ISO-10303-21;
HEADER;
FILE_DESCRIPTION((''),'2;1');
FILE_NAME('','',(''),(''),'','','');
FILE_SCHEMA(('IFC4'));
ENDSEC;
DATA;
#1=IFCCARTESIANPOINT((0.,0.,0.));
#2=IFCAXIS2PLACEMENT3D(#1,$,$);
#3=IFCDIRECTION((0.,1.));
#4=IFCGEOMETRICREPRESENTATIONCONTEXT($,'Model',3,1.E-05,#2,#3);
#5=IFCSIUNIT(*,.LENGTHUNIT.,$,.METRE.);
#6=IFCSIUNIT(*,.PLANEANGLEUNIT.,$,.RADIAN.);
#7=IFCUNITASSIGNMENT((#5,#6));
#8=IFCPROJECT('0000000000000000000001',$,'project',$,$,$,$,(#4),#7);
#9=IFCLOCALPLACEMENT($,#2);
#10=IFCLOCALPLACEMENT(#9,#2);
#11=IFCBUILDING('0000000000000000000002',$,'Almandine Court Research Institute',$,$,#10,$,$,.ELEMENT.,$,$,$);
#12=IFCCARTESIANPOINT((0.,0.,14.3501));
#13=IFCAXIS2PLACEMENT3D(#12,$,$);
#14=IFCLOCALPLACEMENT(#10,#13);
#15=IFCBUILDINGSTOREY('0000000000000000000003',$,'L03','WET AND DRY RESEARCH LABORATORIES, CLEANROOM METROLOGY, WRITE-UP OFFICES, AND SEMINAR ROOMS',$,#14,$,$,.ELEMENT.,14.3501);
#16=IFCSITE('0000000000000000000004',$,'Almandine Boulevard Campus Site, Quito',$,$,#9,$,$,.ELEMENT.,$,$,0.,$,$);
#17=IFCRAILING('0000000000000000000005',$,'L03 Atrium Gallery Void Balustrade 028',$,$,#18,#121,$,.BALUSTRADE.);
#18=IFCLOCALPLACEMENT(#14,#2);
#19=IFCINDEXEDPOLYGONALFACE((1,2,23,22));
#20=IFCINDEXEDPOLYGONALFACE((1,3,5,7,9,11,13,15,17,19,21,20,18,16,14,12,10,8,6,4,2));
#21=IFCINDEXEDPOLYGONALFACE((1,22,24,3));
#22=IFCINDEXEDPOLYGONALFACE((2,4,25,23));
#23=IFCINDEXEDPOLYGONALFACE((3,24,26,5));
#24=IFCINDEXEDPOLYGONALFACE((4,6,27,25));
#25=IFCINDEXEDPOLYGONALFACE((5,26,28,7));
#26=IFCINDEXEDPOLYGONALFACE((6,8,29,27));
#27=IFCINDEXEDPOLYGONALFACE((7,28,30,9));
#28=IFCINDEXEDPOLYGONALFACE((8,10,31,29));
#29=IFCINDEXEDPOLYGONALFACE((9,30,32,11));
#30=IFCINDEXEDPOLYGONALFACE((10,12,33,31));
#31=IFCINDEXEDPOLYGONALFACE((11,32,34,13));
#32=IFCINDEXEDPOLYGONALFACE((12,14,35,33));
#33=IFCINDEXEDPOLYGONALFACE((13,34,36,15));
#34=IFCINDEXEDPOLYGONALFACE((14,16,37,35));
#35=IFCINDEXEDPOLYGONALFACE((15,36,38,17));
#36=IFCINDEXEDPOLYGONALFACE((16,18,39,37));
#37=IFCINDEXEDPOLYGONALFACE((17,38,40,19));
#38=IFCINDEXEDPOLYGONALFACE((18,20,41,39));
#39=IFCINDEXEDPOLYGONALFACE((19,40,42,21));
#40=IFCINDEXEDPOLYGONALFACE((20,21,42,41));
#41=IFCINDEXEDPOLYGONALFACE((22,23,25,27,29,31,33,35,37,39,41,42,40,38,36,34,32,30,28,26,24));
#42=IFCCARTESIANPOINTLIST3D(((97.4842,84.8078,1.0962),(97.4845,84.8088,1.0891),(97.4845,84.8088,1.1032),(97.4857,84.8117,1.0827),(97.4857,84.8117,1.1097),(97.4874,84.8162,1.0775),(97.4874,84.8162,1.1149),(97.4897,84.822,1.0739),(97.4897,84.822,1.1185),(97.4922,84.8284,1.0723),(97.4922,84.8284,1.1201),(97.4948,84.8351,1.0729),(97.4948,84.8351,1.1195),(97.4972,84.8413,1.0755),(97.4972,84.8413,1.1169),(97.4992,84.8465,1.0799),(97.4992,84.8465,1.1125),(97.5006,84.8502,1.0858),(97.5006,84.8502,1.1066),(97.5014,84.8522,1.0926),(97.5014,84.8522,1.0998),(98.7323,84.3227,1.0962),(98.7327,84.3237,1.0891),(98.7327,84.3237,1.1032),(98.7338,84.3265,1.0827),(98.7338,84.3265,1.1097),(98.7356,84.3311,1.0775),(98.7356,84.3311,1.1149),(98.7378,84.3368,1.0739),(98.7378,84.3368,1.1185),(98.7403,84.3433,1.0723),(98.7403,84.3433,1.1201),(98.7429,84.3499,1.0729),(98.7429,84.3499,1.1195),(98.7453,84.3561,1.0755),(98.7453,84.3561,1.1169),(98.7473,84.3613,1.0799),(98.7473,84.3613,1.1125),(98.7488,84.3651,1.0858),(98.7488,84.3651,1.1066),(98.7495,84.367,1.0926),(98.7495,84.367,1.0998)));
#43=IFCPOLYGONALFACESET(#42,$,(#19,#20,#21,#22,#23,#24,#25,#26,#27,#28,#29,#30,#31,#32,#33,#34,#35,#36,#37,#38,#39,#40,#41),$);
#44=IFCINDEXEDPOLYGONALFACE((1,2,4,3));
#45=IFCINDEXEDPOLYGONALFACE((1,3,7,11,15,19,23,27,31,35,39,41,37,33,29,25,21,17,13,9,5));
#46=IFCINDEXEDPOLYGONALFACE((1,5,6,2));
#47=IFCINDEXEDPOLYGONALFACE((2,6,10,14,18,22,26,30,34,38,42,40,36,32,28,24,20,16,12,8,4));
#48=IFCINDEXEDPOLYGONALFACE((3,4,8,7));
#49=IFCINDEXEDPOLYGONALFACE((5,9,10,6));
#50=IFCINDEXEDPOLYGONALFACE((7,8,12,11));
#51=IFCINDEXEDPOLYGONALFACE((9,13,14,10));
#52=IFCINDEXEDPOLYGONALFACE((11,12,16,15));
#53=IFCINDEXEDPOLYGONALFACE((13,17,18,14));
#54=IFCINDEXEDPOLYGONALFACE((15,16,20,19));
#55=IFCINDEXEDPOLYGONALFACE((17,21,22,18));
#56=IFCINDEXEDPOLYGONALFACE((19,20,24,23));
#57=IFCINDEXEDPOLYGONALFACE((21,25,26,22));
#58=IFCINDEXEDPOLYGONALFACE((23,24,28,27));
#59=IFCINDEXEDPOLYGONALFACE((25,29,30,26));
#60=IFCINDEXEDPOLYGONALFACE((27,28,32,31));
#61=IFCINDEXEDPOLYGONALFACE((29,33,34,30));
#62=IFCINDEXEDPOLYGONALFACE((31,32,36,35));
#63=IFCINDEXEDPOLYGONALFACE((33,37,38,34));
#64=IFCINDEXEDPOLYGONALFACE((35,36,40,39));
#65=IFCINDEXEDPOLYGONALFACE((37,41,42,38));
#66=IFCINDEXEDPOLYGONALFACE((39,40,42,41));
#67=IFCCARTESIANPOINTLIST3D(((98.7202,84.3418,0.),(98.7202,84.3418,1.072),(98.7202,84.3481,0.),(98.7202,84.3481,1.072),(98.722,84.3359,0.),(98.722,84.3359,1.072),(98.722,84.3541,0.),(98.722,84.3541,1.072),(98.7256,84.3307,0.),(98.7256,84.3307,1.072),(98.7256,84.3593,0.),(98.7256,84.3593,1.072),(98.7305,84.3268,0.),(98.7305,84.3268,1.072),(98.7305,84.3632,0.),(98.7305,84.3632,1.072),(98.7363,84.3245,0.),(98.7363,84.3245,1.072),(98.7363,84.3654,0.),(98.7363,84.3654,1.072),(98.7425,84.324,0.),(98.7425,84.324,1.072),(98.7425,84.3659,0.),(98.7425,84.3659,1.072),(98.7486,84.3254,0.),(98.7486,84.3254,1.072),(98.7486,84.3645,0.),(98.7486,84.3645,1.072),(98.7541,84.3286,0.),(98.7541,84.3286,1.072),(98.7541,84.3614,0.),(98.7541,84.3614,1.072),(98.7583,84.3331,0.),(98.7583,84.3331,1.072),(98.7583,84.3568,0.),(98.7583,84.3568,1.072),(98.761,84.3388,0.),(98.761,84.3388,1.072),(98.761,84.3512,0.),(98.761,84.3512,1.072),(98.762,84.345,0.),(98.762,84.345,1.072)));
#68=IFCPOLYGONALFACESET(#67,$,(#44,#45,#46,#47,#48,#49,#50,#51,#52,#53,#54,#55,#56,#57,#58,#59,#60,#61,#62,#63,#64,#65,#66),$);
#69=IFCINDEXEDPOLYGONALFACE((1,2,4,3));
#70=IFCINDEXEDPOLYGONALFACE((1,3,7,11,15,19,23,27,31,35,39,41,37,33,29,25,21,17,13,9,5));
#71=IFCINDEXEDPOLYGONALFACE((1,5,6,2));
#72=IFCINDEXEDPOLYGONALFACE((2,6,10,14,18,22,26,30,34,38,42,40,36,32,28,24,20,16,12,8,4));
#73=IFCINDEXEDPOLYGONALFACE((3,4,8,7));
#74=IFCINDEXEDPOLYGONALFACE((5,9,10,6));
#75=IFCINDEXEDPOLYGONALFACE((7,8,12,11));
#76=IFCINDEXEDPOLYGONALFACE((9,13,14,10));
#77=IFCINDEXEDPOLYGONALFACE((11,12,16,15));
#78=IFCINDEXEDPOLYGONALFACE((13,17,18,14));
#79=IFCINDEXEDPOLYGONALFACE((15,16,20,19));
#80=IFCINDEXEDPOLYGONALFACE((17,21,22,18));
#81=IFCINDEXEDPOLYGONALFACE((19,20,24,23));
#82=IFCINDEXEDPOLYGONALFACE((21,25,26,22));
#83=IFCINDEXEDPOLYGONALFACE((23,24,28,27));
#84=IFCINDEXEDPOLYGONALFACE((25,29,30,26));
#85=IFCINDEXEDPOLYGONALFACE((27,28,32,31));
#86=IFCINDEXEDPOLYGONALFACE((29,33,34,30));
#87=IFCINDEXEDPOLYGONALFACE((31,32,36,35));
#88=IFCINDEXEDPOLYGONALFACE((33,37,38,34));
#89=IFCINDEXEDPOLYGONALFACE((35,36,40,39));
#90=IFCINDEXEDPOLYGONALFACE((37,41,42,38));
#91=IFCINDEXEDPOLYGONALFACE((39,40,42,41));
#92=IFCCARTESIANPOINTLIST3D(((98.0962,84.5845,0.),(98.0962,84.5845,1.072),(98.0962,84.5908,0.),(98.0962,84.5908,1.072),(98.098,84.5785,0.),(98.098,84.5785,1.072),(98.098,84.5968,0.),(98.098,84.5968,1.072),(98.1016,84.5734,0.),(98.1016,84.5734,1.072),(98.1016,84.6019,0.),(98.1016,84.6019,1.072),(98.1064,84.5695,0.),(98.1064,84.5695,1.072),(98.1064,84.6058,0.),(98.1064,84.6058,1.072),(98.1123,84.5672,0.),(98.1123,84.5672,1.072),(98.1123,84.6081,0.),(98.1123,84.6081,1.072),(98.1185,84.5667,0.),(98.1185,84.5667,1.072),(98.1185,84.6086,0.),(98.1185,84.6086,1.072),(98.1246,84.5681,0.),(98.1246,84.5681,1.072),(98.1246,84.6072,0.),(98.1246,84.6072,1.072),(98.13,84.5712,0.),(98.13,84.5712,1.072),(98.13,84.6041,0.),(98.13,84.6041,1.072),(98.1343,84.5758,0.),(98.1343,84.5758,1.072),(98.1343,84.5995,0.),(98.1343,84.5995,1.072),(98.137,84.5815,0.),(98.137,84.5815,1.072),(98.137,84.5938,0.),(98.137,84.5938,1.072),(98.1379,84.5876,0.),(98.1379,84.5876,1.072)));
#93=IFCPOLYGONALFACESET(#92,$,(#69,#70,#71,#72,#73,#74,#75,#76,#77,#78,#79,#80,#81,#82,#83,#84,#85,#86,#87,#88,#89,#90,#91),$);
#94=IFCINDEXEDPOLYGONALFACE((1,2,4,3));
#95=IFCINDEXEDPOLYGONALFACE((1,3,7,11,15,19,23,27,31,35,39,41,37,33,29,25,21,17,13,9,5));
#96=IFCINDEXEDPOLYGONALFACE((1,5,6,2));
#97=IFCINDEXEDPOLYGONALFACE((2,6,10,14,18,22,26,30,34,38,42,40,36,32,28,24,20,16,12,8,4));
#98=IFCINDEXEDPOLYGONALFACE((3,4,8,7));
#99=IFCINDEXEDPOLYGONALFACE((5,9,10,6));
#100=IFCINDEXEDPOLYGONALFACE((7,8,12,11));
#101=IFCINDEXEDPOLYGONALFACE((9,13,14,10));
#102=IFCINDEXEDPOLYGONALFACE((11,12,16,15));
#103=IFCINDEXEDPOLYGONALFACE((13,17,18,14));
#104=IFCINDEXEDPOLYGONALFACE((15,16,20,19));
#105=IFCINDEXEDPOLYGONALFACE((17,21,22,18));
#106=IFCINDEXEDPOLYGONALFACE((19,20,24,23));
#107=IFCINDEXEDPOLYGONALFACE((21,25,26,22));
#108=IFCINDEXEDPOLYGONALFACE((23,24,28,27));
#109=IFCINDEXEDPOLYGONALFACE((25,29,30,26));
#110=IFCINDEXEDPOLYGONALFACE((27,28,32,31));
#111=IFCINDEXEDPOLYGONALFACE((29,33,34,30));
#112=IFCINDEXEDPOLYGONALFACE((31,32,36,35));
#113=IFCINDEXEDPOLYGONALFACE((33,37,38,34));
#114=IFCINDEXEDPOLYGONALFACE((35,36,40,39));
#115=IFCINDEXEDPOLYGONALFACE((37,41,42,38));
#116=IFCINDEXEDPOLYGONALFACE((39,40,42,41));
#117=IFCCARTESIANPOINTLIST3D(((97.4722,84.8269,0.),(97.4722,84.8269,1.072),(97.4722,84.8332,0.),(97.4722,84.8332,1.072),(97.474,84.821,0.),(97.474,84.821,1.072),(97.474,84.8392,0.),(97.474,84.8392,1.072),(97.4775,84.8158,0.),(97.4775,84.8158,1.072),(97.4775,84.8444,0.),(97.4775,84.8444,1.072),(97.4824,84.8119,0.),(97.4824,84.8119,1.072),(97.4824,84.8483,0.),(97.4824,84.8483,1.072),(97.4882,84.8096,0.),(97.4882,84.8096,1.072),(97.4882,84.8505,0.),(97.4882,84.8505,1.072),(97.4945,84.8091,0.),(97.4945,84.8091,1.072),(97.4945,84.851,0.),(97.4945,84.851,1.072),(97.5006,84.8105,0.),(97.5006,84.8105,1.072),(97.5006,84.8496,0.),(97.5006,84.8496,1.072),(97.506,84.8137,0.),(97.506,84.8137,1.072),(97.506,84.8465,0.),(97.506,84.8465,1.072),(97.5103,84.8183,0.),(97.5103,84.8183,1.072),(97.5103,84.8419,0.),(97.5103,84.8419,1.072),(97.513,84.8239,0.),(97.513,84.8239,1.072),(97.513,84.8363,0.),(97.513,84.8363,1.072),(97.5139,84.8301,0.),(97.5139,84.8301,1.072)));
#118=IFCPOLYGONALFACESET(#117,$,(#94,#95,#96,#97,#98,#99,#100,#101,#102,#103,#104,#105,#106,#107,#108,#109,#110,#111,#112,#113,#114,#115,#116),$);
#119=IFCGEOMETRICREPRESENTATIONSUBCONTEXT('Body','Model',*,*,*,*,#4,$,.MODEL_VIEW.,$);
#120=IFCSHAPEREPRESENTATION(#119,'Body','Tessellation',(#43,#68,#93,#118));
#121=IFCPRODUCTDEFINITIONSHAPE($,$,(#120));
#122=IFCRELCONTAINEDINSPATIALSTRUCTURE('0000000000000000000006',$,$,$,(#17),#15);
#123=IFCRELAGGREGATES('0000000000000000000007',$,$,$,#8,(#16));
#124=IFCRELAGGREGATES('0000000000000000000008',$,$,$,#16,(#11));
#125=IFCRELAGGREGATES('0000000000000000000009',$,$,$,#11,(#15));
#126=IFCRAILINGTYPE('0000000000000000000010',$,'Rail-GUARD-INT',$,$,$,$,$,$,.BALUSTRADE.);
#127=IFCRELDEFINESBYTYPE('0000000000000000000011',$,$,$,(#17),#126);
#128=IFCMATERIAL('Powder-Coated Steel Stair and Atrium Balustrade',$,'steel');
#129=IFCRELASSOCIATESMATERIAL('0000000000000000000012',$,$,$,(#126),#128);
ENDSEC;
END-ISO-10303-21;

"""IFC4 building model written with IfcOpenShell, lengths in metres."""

from ifc_helpers import new_model, si_unit, direction, frame, origin, origin_2d, place, context, subcontext, project, spatial, circle, extrude, material, type_object, element, save


model = new_model("IFC4")

# Units and contexts
model_context = context("Model", 3, precision=1e-05, world=origin(), true_north=direction((0.0, 1.0)))
body_context = subcontext(model_context, "Body", "Model", "MODEL_VIEW")
ifc_project = project(units=[si_unit("LENGTHUNIT", "METRE"), si_unit("PLANEANGLEUNIT", "RADIAN")], contexts=[model_context])

# Site, building, storey
site_placement = place(None, origin())
site = spatial("IfcSite", under=ifc_project, at=site_placement, Name="Almandine Boulevard Campus Site, Quito", CompositionType="ELEMENT", RefElevation=0.0)
building_placement = place(site_placement, origin())
building = spatial("IfcBuilding", under=site, at=building_placement, Name="Almandine Court Research Institute", CompositionType="ELEMENT")
storey_placement = place(building_placement, frame((0.0, 0.0, 14.3501)))
storey = spatial("IfcBuildingStorey", under=building, at=storey_placement, Name="L03", Description="WET AND DRY RESEARCH LABORATORIES, CLEANROOM METROLOGY, WRITE-UP OFFICES, AND SEMINAR ROOMS", CompositionType="ELEMENT", Elevation=14.3501)

# Railing
ifc_material_1 = material(Name="Powder-Coated Steel Stair and Atrium Balustrade", Category="steel")
railing_type_1 = type_object("IfcRailingType", Name="Rail-GUARD-INT", PredefinedType="BALUSTRADE", material=ifc_material_1)
railing_1_placement = place(storey_placement, frame((98.741, 84.345, 0.0)))
element("IfcRailing", 1, at=railing_1_placement, inside=storey, type_object=railing_type_1, Name="L03 Atrium Gallery Void Balustrade 028", PredefinedType="BALUSTRADE", context=body_context, shape_type="SweptSolid", body=[
    extrude(circle(Radius=0.0239, at=origin_2d()), frame((0.0, 0.0, 1.0962), z_axis=(-0.932066, 0.362288, 0.0), x_axis=(-0.362288, -0.932066, 0.0)), (0.0, 0.0, 1.0), 1.3391),
    extrude(circle(Radius=0.021, at=origin_2d()), origin(), (0.0, 0.0, 1.0), 1.072),
    extrude(circle(Radius=0.021, at=origin_2d()), frame((-0.624, 0.2427, 0.0)), (0.0, 0.0, 1.0), 1.072),
    extrude(circle(Radius=0.021, at=origin_2d()), frame((-1.248, 0.4851, 0.0)), (0.0, 0.0, 1.0), 1.072),
])

save(model, "model.ifc")
